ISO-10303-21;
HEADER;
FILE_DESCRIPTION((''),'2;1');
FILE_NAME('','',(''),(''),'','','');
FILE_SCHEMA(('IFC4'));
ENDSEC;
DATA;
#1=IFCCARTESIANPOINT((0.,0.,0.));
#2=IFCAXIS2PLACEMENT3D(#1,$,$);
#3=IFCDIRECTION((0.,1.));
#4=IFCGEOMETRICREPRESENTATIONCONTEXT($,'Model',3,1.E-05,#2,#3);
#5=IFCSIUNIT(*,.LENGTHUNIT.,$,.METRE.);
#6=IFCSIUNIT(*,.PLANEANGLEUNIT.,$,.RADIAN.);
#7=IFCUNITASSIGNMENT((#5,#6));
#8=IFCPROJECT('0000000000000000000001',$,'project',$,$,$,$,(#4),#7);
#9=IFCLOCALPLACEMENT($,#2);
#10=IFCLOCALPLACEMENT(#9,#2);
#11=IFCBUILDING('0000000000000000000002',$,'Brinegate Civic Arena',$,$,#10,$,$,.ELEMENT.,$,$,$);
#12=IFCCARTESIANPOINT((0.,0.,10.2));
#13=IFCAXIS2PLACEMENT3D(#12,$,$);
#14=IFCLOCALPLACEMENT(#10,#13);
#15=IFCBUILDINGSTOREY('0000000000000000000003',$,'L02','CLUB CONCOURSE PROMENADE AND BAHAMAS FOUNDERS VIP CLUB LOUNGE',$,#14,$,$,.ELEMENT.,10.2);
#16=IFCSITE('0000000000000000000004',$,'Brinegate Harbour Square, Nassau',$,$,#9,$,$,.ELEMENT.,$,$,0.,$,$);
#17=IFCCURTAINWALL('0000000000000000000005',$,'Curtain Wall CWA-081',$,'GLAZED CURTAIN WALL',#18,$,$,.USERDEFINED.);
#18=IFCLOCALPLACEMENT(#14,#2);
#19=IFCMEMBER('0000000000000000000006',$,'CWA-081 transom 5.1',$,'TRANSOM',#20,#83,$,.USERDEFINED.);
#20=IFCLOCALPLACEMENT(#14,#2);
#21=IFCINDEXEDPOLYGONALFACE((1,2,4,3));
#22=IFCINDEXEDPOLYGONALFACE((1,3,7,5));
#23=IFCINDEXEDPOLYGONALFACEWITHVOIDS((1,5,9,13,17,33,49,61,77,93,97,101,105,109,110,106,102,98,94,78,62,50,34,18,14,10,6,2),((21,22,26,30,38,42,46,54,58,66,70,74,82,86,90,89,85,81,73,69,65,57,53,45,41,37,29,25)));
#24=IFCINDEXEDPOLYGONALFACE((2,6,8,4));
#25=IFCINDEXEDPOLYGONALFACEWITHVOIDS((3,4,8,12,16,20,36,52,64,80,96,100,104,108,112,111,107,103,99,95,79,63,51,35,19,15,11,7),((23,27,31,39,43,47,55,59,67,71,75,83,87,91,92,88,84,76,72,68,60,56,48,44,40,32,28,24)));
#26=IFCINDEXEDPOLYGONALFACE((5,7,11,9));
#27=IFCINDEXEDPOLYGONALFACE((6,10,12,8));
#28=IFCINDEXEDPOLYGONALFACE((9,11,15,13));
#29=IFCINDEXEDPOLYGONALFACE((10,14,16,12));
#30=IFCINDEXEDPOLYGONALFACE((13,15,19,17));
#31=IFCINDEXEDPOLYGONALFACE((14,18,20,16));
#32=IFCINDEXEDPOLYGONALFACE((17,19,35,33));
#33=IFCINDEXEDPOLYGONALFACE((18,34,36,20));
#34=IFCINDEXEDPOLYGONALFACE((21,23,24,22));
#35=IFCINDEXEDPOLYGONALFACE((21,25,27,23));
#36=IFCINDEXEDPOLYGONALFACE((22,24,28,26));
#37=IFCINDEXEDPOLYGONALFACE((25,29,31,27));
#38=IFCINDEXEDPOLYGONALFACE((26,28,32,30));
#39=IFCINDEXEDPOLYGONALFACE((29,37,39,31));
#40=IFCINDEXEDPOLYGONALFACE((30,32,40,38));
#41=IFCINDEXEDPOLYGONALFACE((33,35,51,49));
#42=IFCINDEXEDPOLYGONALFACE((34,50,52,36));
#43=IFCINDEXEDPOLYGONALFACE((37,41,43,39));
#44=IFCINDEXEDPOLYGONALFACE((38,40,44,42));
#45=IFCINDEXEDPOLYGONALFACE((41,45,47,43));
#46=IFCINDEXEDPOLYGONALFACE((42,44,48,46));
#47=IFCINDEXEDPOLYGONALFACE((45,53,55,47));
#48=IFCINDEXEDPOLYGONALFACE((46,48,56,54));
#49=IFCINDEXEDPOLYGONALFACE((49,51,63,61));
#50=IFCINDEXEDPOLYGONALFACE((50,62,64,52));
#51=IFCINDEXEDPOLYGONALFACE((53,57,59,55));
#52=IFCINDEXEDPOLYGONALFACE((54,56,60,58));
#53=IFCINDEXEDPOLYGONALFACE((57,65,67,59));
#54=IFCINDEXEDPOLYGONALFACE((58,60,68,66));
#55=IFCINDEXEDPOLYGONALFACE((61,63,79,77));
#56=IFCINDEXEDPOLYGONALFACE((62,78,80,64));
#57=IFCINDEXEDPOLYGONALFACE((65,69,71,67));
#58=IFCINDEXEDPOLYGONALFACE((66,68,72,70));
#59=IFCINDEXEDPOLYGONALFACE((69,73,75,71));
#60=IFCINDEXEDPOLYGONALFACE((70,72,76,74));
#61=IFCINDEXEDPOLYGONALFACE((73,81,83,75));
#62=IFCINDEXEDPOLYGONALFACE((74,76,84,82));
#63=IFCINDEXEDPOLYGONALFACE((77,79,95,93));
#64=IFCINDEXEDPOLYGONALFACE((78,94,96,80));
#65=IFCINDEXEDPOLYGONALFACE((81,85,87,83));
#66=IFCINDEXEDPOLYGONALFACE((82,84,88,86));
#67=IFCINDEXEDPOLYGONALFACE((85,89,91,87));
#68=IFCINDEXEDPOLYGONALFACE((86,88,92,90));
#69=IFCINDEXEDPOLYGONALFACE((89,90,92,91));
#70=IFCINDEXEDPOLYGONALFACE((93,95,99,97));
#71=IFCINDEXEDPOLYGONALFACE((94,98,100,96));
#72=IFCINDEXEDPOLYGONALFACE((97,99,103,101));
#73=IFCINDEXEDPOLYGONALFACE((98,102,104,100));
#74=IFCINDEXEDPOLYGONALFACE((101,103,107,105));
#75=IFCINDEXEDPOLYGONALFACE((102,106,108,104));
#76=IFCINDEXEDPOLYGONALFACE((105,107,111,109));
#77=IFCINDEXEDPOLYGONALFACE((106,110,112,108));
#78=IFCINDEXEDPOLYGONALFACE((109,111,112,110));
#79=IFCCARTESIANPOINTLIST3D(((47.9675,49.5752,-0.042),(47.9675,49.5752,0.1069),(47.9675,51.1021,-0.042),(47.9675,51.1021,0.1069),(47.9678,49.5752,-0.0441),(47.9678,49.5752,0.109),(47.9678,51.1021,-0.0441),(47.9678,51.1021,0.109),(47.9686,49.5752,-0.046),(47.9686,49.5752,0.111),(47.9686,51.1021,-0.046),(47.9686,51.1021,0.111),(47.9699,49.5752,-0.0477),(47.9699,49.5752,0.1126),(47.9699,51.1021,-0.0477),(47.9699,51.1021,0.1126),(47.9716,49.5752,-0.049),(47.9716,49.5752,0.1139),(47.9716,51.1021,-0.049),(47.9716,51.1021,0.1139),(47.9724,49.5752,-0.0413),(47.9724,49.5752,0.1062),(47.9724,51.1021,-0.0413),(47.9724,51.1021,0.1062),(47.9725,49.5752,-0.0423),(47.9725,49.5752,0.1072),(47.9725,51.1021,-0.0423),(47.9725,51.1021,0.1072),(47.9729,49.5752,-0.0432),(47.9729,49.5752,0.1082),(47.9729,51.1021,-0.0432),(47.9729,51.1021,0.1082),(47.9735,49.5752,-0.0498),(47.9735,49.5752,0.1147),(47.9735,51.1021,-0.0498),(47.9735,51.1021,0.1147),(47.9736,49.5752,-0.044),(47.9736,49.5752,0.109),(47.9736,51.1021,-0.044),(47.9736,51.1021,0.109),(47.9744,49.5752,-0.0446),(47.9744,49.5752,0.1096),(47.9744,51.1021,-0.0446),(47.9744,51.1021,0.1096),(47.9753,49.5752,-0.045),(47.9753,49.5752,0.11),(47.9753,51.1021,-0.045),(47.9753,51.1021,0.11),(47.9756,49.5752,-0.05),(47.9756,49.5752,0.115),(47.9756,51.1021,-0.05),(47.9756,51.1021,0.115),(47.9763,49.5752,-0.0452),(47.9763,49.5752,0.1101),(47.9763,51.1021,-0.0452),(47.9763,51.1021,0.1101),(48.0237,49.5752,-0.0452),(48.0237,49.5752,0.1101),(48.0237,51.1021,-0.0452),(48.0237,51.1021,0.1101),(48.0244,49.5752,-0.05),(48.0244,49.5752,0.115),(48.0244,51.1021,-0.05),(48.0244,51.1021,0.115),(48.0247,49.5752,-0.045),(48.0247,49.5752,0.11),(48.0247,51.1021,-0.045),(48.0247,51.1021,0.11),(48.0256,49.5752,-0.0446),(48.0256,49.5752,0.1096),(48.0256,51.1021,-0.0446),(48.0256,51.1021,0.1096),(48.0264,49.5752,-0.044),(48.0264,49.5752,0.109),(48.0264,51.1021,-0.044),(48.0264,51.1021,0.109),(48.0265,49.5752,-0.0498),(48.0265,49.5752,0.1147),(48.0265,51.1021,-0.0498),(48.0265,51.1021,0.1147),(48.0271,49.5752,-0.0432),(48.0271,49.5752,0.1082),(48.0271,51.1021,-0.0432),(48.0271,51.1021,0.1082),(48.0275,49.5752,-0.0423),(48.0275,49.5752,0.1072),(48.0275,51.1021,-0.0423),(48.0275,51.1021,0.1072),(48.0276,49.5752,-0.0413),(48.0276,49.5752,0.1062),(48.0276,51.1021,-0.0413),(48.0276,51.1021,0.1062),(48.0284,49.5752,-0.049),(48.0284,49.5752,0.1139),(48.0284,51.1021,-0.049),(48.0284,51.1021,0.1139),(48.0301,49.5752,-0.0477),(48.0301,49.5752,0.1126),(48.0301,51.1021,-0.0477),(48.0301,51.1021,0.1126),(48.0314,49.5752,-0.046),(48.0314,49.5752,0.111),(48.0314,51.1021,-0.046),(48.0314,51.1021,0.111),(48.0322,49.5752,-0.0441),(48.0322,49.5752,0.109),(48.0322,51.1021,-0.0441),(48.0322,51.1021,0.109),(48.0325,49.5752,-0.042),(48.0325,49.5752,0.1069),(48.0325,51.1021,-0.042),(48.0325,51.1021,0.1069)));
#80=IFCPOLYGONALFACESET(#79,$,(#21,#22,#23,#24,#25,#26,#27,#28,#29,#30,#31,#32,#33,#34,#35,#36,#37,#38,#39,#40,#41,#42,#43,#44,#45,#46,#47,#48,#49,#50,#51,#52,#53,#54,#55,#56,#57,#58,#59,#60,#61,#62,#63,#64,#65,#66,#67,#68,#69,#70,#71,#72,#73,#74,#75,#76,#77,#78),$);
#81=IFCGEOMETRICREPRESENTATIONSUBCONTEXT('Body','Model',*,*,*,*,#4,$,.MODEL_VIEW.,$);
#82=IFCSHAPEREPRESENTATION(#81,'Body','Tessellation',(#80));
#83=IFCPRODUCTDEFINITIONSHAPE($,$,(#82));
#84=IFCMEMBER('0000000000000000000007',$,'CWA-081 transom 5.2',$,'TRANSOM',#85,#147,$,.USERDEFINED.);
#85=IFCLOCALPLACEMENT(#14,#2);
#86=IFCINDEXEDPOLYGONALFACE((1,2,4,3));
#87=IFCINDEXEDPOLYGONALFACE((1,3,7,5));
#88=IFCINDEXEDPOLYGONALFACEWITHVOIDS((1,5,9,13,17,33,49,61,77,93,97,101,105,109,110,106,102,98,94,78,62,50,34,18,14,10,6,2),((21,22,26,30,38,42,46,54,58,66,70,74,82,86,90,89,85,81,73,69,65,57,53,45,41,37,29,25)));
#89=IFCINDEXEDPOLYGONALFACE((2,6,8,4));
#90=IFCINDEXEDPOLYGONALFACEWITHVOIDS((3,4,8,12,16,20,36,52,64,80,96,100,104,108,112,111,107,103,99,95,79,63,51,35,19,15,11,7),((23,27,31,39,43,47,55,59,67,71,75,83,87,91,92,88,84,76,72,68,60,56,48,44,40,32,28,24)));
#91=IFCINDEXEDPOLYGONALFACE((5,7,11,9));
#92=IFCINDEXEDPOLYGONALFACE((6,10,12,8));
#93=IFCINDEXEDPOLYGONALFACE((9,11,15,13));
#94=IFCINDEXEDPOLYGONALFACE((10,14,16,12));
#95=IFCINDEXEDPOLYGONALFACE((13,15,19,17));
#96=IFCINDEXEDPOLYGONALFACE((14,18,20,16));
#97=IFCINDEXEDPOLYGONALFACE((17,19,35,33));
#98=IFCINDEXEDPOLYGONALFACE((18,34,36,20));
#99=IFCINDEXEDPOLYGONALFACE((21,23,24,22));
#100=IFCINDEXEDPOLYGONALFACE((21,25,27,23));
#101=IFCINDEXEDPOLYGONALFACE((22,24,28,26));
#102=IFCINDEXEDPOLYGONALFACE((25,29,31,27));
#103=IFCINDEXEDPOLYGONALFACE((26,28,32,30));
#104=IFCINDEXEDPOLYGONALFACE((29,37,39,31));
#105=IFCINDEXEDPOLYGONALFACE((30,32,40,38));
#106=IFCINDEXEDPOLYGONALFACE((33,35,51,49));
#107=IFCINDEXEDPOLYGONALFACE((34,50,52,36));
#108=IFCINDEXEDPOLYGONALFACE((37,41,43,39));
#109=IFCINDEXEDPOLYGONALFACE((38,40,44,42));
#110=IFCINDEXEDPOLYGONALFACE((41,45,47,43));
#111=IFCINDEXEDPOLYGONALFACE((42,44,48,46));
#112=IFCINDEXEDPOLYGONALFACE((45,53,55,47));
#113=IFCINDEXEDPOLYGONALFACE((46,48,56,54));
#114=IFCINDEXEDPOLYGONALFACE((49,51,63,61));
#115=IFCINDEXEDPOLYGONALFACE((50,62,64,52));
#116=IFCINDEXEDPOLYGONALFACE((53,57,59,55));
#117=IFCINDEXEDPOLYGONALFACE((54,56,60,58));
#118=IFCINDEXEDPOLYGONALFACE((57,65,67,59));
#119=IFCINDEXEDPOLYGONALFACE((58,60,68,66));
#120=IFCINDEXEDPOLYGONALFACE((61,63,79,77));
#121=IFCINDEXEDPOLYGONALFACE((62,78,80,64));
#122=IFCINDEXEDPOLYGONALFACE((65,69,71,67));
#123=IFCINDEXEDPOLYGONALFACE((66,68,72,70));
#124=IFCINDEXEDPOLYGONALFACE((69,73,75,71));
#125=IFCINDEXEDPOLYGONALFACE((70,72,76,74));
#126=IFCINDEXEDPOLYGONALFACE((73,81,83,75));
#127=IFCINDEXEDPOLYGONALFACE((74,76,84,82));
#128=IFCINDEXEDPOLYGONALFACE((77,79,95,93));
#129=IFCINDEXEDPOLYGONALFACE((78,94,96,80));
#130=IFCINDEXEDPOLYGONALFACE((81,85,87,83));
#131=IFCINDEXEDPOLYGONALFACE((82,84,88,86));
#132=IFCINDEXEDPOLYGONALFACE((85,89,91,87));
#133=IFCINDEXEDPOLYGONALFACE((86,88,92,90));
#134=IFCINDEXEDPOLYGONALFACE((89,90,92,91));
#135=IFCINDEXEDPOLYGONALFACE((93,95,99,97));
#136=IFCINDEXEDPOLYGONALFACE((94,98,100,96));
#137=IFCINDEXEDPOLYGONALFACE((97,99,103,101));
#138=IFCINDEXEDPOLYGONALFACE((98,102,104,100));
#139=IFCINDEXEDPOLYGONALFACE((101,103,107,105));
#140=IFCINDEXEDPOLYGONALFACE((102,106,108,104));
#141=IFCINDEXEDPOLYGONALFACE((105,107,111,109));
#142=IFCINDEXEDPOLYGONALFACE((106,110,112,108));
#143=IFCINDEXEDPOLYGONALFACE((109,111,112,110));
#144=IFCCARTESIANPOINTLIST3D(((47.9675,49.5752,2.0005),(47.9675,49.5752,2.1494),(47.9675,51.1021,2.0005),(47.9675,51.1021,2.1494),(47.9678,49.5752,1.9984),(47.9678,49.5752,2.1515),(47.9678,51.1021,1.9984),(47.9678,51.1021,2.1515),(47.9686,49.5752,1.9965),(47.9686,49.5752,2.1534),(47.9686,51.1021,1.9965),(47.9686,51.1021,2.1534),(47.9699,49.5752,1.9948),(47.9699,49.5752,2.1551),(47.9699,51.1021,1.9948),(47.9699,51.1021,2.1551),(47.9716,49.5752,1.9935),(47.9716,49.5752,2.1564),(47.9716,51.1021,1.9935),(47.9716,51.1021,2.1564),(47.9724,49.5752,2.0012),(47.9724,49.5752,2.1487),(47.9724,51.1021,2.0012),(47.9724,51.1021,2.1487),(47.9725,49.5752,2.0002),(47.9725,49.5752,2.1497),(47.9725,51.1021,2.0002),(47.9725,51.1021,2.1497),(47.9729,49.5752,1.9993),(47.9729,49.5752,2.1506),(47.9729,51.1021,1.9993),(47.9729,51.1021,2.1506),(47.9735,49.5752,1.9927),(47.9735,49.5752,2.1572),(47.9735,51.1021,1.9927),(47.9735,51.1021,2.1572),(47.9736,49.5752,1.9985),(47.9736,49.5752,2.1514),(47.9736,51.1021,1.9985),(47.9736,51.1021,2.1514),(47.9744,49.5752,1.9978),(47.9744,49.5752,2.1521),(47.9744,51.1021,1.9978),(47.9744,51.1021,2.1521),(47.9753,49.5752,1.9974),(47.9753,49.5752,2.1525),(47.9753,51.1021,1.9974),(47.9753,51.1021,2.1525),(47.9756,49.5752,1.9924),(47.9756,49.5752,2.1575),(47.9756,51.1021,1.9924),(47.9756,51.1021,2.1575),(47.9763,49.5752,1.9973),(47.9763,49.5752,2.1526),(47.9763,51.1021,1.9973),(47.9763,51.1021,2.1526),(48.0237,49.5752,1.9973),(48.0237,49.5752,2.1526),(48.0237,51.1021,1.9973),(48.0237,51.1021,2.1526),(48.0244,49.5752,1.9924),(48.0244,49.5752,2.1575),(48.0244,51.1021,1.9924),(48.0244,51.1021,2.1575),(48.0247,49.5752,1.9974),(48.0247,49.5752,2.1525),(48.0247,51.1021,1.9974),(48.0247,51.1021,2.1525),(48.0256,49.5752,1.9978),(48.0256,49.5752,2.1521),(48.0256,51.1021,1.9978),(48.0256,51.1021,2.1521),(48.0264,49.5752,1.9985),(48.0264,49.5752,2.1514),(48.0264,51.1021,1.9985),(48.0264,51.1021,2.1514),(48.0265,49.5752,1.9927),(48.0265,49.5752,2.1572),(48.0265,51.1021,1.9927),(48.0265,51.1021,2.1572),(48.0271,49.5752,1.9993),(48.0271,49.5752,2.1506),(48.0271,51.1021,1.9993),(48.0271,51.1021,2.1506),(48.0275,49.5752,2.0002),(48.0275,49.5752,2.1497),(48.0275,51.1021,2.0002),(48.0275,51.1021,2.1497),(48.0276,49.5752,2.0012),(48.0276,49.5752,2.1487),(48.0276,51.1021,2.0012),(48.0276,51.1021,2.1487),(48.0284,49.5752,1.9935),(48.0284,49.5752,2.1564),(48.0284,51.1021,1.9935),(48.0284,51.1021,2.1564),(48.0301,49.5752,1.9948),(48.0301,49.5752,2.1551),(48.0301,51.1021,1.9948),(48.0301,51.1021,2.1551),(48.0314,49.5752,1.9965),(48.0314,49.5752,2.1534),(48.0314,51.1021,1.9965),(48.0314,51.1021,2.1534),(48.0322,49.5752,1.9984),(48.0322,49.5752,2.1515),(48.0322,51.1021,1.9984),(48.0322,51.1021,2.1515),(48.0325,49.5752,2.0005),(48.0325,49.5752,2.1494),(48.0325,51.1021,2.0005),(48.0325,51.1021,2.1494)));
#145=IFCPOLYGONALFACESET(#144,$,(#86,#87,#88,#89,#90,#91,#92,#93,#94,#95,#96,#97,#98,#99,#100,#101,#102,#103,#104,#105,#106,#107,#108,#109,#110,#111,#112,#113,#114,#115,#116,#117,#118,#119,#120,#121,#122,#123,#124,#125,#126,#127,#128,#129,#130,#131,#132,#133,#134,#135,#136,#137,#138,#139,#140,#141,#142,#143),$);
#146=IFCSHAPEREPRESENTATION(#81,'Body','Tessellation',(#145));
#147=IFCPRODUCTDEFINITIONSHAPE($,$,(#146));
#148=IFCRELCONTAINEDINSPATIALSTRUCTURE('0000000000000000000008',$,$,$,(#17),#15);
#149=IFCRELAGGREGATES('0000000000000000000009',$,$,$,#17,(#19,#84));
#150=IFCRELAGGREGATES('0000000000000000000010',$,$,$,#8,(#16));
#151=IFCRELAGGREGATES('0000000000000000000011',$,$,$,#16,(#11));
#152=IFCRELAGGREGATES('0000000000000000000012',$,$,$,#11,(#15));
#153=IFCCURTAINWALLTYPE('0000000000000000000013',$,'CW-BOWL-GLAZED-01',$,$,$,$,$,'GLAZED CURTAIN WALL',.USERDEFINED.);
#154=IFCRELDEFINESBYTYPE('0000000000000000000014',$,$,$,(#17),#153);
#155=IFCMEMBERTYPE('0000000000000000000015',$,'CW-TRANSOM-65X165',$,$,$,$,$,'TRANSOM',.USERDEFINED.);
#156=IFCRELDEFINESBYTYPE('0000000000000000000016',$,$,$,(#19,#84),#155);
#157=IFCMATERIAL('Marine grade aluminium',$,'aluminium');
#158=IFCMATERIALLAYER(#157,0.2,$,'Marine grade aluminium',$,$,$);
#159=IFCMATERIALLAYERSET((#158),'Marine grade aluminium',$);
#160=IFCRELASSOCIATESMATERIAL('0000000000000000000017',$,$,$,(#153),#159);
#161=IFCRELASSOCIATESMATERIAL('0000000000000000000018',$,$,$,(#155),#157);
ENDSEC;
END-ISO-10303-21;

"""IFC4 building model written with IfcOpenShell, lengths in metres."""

from ifc_helpers import new_model, si_unit, direction, frame, origin, origin_2d, place, context, subcontext, project, spatial, hollow_rectangle, extrude, material, layer, layer_set, material_profile, profile_set, type_object, element, aggregate, save


model = new_model("IFC4")

# Units and contexts
model_context = context("Model", 3, precision=1e-05, world=origin(), true_north=direction((0.0, 1.0)))
body_context = subcontext(model_context, "Body", "Model", "MODEL_VIEW")
ifc_project = project(units=[si_unit("LENGTHUNIT", "METRE"), si_unit("PLANEANGLEUNIT", "RADIAN")], contexts=[model_context])

# Site, building, storey
site_placement = place(None, origin())
site = spatial("IfcSite", under=ifc_project, at=site_placement, Name="Brinegate Harbour Square, Nassau", CompositionType="ELEMENT", RefElevation=0.0)
building_placement = place(site_placement, origin())
building = spatial("IfcBuilding", under=site, at=building_placement, Name="Brinegate Civic Arena", CompositionType="ELEMENT")
storey_placement = place(building_placement, frame((0.0, 0.0, 10.2)))
storey = spatial("IfcBuildingStorey", under=building, at=storey_placement, Name="L02", Description="CLUB CONCOURSE PROMENADE AND BAHAMAS FOUNDERS VIP CLUB LOUNGE", CompositionType="ELEMENT", Elevation=10.2)

# Curtain wall, members
ifc_material_1 = material(Name="Marine grade aluminium", Category="aluminium")
ifc_layer_1 = layer(ifc_material_1, 0.2, Name="Marine grade aluminium")
ifc_layer_set_1 = layer_set([ifc_layer_1], Name="Marine grade aluminium")
curtain_wall_type = type_object("IfcCurtainWallType", Name="CW-BOWL-GLAZED-01", ElementType="GLAZED CURTAIN WALL", PredefinedType="USERDEFINED", material=ifc_layer_set_1)
curtain_wall_placement = place(storey_placement, origin())
curtain_wall = element("IfcCurtainWall", 1, at=curtain_wall_placement, inside=storey, type_object=curtain_wall_type, Name="Curtain Wall CWA-081", ObjectType="GLAZED CURTAIN WALL", PredefinedType="USERDEFINED")
ifc_material_profile_1 = material_profile(ifc_material_1, hollow_rectangle(XDim=0.0649, YDim=0.165, WallThickness=0.0049, InnerFilletRadius=0.0039, OuterFilletRadius=0.0081, at=origin_2d()), Name="TRN65X165")
ifc_profile_set_1 = profile_set([ifc_material_profile_1], Name="Marine grade aluminium")
member_type_1 = type_object("IfcMemberType", Name="CW-TRANSOM-65X165", ElementType="TRANSOM", PredefinedType="USERDEFINED", material=ifc_profile_set_1)
member_1_placement = place(storey_placement, frame((48.0, 49.5752, 0.0325), z_axis=(0.0, 1.0, 0.0), x_axis=(-1.0, 0.0, 0.0)))
member_1 = element("IfcMember", 2, at=member_1_placement, type_object=member_type_1, Name="CWA-081 transom 5.1", ObjectType="TRANSOM", PredefinedType="USERDEFINED", context=body_context, shape_type="SweptSolid", body=[
    extrude(hollow_rectangle(XDim=0.0649, YDim=0.165, WallThickness=0.0049, InnerFilletRadius=0.0039, OuterFilletRadius=0.0081, at=origin_2d()), origin(), (0.0, 0.0, 1.0), 1.5269),
])
member_2_placement = place(storey_placement, frame((48.0, 49.5752, 2.075), z_axis=(0.0, 1.0, 0.0), x_axis=(-1.0, 0.0, 0.0)))
member_2 = element("IfcMember", 3, at=member_2_placement, type_object=member_type_1, Name="CWA-081 transom 5.2", ObjectType="TRANSOM", PredefinedType="USERDEFINED", context=body_context, shape_type="SweptSolid", body=[
    extrude(hollow_rectangle(XDim=0.0649, YDim=0.165, WallThickness=0.0049, InnerFilletRadius=0.0039, OuterFilletRadius=0.0081, at=origin_2d()), origin(), (0.0, 0.0, 1.0), 1.5269),
])
aggregate(curtain_wall, [member_1, member_2])

save(model, "model.ifc")
